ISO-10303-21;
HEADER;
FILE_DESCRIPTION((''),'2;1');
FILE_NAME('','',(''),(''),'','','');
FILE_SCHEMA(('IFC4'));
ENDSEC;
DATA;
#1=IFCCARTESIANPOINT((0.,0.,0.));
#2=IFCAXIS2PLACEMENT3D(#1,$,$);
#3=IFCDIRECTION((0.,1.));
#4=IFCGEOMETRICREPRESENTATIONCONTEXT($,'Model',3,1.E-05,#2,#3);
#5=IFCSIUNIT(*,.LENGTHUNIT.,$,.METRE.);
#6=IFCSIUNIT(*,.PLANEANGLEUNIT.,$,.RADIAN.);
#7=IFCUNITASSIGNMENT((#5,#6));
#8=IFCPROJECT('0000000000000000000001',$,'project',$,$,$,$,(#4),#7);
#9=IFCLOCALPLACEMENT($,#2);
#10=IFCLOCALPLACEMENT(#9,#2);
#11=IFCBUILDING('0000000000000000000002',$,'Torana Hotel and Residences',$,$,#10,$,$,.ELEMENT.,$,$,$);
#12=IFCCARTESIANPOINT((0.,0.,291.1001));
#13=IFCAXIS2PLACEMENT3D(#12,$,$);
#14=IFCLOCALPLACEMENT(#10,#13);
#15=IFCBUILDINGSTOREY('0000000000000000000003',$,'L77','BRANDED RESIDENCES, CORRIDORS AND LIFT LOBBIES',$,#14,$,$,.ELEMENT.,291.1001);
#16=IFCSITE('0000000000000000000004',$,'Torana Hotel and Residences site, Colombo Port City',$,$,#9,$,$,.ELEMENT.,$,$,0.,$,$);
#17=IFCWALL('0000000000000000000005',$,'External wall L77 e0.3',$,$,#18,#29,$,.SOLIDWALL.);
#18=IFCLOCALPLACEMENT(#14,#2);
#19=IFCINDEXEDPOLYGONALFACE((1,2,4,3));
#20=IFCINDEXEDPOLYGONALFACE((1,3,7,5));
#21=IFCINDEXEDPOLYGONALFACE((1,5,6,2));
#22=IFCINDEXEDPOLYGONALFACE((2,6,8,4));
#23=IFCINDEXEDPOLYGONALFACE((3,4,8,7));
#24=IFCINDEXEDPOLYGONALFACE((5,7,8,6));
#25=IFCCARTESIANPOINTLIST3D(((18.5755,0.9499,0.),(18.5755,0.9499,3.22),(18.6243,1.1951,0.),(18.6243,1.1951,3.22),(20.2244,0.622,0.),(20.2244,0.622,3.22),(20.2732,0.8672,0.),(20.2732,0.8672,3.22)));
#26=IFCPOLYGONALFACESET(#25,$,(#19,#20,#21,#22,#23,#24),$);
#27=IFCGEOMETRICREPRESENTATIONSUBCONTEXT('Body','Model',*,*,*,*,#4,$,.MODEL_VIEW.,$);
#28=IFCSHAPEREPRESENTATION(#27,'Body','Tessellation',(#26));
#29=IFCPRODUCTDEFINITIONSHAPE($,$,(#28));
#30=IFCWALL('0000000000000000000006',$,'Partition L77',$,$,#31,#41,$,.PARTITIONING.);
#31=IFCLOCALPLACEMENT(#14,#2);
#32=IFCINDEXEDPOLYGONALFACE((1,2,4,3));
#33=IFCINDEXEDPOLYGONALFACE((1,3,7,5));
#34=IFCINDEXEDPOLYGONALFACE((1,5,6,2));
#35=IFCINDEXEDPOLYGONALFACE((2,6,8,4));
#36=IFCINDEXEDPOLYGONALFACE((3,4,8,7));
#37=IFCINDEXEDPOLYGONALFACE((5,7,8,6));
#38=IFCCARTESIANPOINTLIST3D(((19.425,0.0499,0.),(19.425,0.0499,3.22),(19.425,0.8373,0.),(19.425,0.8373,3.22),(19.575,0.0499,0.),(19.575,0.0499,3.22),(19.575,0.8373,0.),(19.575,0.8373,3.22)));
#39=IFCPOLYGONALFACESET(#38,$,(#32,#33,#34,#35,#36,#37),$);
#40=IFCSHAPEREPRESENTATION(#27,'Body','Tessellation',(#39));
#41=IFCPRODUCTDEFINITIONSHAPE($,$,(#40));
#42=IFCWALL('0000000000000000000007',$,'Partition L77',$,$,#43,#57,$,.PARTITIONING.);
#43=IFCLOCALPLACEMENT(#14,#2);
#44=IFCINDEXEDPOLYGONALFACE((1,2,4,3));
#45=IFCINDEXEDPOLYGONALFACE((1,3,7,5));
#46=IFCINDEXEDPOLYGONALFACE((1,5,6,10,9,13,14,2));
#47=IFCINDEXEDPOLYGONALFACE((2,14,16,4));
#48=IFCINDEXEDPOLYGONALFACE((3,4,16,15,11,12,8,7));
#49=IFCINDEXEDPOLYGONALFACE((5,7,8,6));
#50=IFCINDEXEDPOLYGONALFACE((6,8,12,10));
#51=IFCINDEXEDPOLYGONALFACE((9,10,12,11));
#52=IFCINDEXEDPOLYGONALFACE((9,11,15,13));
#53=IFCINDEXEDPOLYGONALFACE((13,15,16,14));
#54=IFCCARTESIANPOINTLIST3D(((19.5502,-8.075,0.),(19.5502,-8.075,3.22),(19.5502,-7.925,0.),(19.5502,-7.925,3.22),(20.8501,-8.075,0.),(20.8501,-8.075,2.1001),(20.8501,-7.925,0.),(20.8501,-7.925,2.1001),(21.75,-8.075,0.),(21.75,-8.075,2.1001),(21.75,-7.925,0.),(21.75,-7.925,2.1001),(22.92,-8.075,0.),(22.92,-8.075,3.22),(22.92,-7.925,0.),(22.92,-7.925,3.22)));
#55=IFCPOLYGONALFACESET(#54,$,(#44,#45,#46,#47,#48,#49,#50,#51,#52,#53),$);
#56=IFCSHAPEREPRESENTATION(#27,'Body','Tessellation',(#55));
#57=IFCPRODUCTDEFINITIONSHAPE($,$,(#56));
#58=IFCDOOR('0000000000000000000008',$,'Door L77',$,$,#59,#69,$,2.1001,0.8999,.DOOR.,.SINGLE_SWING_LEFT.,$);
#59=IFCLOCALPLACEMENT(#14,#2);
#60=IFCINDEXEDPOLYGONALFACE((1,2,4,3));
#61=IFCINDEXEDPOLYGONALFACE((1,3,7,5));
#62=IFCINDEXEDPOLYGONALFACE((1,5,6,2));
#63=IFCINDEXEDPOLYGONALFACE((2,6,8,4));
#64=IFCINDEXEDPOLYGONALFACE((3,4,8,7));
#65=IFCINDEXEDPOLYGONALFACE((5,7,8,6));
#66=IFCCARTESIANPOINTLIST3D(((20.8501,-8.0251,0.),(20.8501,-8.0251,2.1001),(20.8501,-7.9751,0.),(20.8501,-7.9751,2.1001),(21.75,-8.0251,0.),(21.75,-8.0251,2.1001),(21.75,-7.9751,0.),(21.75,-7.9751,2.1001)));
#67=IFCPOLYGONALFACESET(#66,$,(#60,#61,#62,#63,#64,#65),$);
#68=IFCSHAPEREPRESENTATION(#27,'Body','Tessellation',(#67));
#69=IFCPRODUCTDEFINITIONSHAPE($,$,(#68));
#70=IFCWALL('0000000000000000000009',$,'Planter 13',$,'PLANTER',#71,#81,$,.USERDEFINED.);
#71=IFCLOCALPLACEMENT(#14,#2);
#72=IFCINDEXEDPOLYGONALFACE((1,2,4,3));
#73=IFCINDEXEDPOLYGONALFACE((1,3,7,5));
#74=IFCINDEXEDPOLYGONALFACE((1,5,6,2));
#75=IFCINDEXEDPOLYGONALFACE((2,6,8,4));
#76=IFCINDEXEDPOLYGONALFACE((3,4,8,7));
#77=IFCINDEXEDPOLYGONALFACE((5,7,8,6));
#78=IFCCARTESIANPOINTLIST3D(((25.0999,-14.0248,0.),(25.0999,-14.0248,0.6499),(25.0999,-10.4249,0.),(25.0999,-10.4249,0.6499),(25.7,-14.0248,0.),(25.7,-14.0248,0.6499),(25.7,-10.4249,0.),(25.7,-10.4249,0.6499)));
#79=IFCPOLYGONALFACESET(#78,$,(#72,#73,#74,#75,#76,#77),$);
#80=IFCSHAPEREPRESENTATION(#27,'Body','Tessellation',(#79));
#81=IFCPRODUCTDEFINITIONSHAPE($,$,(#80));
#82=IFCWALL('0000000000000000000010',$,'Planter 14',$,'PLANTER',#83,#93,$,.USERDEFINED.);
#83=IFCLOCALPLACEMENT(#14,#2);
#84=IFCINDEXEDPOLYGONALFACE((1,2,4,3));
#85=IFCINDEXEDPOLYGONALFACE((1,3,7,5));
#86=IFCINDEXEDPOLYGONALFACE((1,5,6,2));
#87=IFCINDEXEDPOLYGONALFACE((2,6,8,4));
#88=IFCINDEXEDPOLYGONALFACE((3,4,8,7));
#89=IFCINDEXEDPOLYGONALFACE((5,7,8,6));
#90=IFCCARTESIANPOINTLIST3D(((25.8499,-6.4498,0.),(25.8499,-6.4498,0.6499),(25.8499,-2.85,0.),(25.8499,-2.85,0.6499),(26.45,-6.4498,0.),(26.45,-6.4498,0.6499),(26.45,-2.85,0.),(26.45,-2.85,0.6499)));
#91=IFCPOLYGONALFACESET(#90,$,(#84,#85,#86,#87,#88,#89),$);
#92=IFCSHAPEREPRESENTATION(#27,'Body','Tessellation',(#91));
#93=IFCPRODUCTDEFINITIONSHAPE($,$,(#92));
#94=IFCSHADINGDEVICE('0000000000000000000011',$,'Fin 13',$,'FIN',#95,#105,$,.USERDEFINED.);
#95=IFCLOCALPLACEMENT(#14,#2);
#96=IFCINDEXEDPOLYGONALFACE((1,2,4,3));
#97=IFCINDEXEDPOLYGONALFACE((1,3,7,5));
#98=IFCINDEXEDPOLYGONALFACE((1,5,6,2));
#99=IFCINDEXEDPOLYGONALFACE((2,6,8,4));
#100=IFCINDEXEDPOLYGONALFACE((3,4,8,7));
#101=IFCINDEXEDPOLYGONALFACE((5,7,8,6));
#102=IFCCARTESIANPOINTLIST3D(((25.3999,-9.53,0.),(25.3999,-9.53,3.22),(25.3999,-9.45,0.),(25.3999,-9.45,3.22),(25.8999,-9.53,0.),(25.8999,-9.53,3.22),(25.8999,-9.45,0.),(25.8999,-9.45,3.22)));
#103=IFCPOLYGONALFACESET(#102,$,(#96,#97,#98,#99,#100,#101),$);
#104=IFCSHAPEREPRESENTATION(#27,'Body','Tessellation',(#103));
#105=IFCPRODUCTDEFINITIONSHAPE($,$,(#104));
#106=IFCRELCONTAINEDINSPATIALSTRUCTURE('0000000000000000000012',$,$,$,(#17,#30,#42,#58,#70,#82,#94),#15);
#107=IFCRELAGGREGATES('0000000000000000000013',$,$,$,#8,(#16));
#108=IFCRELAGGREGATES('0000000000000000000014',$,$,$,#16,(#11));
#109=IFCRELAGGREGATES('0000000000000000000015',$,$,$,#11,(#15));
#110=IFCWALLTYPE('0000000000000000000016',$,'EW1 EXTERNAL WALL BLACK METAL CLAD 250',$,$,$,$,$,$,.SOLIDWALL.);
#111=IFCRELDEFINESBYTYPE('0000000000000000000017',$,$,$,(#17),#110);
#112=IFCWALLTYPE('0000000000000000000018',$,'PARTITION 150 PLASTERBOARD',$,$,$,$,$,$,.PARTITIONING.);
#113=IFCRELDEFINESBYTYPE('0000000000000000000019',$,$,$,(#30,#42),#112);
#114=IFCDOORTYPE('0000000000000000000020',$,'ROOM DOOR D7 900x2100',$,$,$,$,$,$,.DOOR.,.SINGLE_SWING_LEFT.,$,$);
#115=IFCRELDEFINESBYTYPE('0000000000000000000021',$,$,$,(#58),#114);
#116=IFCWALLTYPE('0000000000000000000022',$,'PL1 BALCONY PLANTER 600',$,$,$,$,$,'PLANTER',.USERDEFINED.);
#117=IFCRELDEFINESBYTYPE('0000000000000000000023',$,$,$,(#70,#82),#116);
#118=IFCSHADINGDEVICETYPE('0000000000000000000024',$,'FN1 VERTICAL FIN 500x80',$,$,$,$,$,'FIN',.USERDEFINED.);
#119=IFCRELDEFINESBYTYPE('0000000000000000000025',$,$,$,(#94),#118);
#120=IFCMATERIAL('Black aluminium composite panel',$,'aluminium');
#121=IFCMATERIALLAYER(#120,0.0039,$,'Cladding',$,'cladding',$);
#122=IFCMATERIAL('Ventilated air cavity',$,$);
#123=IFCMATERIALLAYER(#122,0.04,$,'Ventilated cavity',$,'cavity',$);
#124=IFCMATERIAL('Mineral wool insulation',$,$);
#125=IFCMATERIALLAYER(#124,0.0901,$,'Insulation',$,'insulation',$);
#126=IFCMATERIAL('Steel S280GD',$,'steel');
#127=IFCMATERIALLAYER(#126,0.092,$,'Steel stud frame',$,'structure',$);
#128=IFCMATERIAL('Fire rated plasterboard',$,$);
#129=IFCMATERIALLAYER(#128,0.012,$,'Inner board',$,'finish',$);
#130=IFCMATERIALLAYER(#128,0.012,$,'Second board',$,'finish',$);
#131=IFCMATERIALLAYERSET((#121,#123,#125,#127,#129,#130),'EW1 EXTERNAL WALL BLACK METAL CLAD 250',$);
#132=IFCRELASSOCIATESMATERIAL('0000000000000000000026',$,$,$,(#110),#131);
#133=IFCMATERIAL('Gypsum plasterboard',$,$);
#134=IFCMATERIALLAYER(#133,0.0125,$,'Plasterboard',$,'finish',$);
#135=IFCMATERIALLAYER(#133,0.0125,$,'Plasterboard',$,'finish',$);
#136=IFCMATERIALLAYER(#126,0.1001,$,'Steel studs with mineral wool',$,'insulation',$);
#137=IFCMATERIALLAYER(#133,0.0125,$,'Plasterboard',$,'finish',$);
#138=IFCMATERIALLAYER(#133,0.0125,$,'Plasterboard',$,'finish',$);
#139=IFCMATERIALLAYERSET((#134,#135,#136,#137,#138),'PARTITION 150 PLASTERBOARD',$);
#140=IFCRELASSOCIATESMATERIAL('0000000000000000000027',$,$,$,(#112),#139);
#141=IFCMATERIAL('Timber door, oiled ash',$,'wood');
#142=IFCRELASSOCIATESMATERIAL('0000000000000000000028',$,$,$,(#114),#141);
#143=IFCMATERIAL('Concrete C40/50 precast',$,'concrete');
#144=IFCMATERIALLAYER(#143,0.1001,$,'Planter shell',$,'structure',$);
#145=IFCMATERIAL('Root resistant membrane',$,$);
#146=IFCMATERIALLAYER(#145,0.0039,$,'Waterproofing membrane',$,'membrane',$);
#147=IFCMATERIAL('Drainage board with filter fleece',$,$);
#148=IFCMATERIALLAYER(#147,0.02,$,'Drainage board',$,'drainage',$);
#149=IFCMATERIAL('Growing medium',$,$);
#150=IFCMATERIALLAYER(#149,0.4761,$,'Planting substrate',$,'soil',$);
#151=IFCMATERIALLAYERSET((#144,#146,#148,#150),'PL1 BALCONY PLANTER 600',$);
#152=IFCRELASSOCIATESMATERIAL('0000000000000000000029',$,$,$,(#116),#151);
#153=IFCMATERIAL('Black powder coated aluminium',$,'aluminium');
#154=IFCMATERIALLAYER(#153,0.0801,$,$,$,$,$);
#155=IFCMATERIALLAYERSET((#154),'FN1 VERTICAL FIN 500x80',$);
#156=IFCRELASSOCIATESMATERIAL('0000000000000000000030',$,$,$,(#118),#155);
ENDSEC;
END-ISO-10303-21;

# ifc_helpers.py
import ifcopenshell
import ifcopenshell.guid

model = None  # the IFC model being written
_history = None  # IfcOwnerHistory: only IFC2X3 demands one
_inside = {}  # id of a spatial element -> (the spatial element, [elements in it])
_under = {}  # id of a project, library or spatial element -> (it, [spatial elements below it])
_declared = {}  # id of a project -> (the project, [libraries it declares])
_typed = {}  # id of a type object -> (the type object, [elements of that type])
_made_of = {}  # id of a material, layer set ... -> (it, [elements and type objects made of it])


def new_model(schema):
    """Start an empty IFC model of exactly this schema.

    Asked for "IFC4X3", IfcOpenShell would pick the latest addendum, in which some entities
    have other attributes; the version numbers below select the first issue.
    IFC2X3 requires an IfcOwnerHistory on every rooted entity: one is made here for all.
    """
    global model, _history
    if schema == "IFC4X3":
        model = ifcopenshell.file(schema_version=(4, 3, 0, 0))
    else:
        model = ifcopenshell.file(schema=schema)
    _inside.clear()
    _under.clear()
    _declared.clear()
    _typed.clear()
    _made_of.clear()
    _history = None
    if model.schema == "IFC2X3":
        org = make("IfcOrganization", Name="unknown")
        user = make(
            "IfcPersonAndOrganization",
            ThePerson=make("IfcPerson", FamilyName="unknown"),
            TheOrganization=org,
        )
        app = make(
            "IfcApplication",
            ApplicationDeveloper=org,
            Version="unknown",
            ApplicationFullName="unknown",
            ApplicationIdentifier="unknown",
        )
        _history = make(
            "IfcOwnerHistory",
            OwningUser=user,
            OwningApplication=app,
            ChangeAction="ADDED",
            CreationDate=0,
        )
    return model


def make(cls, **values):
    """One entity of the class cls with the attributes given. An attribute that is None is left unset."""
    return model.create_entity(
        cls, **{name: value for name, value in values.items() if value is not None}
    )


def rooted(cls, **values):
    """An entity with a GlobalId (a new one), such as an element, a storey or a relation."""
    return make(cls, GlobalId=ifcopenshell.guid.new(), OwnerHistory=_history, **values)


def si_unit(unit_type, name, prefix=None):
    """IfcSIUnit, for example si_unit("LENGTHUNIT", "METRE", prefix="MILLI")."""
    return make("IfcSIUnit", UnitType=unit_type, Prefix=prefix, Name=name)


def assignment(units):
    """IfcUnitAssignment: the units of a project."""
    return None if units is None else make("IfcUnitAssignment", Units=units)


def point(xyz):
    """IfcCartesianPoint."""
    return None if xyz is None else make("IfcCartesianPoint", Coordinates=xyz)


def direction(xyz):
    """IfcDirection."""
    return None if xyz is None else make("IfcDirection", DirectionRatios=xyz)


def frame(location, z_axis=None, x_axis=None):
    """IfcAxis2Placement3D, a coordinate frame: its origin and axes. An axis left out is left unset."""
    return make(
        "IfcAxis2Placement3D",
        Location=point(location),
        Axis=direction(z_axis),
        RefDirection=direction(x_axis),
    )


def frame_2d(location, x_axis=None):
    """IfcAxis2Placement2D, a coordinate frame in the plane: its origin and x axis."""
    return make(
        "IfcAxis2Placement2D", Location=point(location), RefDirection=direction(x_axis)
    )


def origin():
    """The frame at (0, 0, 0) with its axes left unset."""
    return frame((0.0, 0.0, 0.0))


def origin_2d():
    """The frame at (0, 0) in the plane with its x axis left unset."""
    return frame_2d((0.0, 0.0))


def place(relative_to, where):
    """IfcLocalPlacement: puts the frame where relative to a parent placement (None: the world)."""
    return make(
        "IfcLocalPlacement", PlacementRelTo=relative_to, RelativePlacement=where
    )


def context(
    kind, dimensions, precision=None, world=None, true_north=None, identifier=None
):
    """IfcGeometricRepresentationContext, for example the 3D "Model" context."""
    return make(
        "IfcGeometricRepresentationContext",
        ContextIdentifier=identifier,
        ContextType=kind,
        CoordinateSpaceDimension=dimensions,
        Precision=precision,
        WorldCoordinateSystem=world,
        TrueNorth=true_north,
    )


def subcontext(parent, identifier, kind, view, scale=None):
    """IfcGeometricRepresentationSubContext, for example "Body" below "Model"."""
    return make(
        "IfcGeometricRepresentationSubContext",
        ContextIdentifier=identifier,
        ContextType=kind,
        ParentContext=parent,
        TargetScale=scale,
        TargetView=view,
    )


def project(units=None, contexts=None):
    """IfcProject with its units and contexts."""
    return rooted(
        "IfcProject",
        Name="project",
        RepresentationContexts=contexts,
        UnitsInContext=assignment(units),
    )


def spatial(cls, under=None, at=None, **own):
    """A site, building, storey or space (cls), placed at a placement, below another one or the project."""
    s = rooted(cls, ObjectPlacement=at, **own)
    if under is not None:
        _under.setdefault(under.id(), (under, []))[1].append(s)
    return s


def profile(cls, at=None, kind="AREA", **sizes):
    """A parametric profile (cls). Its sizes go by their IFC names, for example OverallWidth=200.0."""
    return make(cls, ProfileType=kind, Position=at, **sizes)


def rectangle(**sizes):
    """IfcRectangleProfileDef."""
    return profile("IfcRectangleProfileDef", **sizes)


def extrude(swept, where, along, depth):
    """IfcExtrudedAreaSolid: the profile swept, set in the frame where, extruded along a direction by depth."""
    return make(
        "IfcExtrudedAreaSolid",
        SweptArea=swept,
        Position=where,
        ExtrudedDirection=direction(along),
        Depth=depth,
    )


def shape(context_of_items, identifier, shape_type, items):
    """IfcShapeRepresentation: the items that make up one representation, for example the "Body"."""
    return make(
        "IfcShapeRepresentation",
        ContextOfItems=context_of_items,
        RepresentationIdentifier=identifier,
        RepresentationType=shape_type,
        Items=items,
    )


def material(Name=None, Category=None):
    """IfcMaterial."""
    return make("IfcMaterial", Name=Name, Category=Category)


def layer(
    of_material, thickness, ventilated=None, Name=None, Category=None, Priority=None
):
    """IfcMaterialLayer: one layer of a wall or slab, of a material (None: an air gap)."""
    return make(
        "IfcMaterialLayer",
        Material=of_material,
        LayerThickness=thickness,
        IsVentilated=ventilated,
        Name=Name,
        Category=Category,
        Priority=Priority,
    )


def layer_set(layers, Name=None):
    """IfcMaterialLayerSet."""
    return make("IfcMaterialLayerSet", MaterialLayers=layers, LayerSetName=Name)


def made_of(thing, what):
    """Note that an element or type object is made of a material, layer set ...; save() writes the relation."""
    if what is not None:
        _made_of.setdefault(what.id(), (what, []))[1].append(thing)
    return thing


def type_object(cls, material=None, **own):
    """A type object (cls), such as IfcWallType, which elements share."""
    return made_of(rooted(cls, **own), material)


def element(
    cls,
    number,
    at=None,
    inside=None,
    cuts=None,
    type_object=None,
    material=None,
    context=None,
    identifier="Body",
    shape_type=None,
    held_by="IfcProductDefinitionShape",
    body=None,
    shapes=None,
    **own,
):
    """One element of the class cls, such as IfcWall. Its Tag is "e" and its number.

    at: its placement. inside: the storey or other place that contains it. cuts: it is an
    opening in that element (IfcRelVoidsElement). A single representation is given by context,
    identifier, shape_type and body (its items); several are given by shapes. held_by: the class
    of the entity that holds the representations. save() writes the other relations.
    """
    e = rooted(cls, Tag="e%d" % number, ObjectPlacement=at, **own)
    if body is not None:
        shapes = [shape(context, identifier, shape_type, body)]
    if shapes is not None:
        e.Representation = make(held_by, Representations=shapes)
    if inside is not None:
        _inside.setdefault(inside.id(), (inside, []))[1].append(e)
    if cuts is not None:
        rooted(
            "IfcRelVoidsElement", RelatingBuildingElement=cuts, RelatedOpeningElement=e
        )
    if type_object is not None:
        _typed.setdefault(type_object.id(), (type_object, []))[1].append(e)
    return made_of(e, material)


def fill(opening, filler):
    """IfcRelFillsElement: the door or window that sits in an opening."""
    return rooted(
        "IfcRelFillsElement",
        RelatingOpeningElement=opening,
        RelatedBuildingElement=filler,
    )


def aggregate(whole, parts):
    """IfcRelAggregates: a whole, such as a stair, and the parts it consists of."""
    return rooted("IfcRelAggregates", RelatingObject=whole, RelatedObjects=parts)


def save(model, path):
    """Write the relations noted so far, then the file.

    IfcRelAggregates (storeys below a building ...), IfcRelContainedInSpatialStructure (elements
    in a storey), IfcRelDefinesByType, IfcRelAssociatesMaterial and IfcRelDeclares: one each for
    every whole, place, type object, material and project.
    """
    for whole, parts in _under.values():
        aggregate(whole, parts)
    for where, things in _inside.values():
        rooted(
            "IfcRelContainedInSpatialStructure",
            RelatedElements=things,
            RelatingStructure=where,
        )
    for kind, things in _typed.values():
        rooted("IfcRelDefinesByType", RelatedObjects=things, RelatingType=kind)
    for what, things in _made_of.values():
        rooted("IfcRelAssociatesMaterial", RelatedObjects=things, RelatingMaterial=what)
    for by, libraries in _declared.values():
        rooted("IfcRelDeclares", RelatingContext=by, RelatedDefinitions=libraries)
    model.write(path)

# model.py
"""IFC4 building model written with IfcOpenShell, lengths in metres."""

from ifc_helpers import new_model, si_unit, direction, frame, frame_2d, origin, origin_2d, place, context, subcontext, project, spatial, rectangle, extrude, material, layer, layer_set, type_object, element, fill, save


model = new_model("IFC4")

# Units and contexts
model_context = context("Model", 3, precision=1e-05, world=origin(), true_north=direction((0.0, 1.0)))
body_context = subcontext(model_context, "Body", "Model", "MODEL_VIEW")
ifc_project = project(units=[si_unit("LENGTHUNIT", "METRE"), si_unit("PLANEANGLEUNIT", "RADIAN")], contexts=[model_context])

# Site, building, storey
site_placement = place(None, origin())
site = spatial("IfcSite", under=ifc_project, at=site_placement, Name="Torana Hotel and Residences site, Colombo Port City", CompositionType="ELEMENT", RefElevation=0.0)
building_placement = place(site_placement, origin())
building = spatial("IfcBuilding", under=site, at=building_placement, Name="Torana Hotel and Residences", CompositionType="ELEMENT")
storey_placement = place(building_placement, frame((0.0, 0.0, 291.1001)))
storey = spatial("IfcBuildingStorey", under=building, at=storey_placement, Name="L77", Description="BRANDED RESIDENCES, CORRIDORS AND LIFT LOBBIES", CompositionType="ELEMENT", Elevation=291.1001)

# Walls
ifc_material_1 = material(Name="Black aluminium composite panel", Category="aluminium")
ifc_layer_1 = layer(ifc_material_1, 0.0039, Name="Cladding", Category="cladding")
ifc_material_2 = material(Name="Ventilated air cavity")
ifc_layer_2 = layer(ifc_material_2, 0.04, Name="Ventilated cavity", Category="cavity")
ifc_material_3 = material(Name="Mineral wool insulation")
ifc_layer_3 = layer(ifc_material_3, 0.0901, Name="Insulation", Category="insulation")
ifc_material_4 = material(Name="Steel S280GD", Category="steel")
ifc_layer_4 = layer(ifc_material_4, 0.092, Name="Steel stud frame", Category="structure")
ifc_material_5 = material(Name="Fire rated plasterboard")
ifc_layer_5 = layer(ifc_material_5, 0.012, Name="Inner board", Category="finish")
ifc_layer_6 = layer(ifc_material_5, 0.012, Name="Second board", Category="finish")
ifc_layer_set_1 = layer_set([ifc_layer_1, ifc_layer_2, ifc_layer_3, ifc_layer_4, ifc_layer_5, ifc_layer_6], Name="EW1 EXTERNAL WALL BLACK METAL CLAD 250")
wall_type_1 = type_object("IfcWallType", Name="EW1 EXTERNAL WALL BLACK METAL CLAD 250", PredefinedType="SOLIDWALL", material=ifc_layer_set_1)
wall_1_placement = place(storey_placement, frame((20.2488, 0.7446, 0.0), z_axis=(0.0, 0.0, 1.0), x_axis=(-0.980798, 0.195027, 0.0)))
element("IfcWall", 1, at=wall_1_placement, inside=storey, type_object=wall_type_1, Name="External wall L77 e0.3", PredefinedType="SOLIDWALL", context=body_context, shape_type="SweptSolid", body=[
    extrude(rectangle(XDim=1.6812, YDim=0.25, at=frame_2d((0.8406, 0.0))), origin(), (0.0, 0.0, 1.0), 3.22),
])
ifc_material_6 = material(Name="Gypsum plasterboard")
ifc_layer_7 = layer(ifc_material_6, 0.0125, Name="Plasterboard", Category="finish")
ifc_layer_8 = layer(ifc_material_6, 0.0125, Name="Plasterboard", Category="finish")
ifc_layer_9 = layer(ifc_material_4, 0.1001, Name="Steel studs with mineral wool", Category="insulation")
ifc_layer_10 = layer(ifc_material_6, 0.0125, Name="Plasterboard", Category="finish")
ifc_layer_11 = layer(ifc_material_6, 0.0125, Name="Plasterboard", Category="finish")
ifc_layer_set_2 = layer_set([ifc_layer_7, ifc_layer_8, ifc_layer_9, ifc_layer_10, ifc_layer_11], Name="PARTITION 150 PLASTERBOARD")
wall_type_2 = type_object("IfcWallType", Name="PARTITION 150 PLASTERBOARD", PredefinedType="PARTITIONING", material=ifc_layer_set_2)
wall_2_placement = place(storey_placement, frame((19.5, 0.05, 0.0), z_axis=(0.0, 0.0, 1.0), x_axis=(0.0, 1.0, 0.0)))
element("IfcWall", 2, at=wall_2_placement, inside=storey, type_object=wall_type_2, Name="Partition L77", PredefinedType="PARTITIONING", context=body_context, shape_type="SweptSolid", body=[
    extrude(rectangle(XDim=0.7874, YDim=0.1499, at=frame_2d((0.3936, 0.0))), origin(), (0.0, 0.0, 1.0), 3.22),
])

# Wall, opening, door
wall_3_placement = place(storey_placement, frame((19.55, -8.0, 0.0), z_axis=(0.0, 0.0, 1.0), x_axis=(1.0, 0.0, 0.0)))
wall_3 = element("IfcWall", 3, at=wall_3_placement, inside=storey, type_object=wall_type_2, Name="Partition L77", PredefinedType="PARTITIONING", context=body_context, shape_type="SweptSolid", body=[
    extrude(rectangle(XDim=3.3699, YDim=0.1499, at=frame_2d((1.6851, 0.0))), origin(), (0.0, 0.0, 1.0), 3.22),
])
opening_placement = place(wall_3_placement, frame((1.3, 0.0, 0.0)))
opening = element("IfcOpeningElement", 4, at=opening_placement, cuts=wall_3, PredefinedType="OPENING", context=body_context, shape_type="SweptSolid", body=[
    extrude(rectangle(XDim=0.8999, YDim=2.1001, at=frame_2d((0.45, 1.05))), frame((0.0, 0.085, 0.0), z_axis=(0.0, -1.0, 0.0), x_axis=(1.0, 0.0, 0.0)), (0.0, 0.0, 1.0), 0.1699),
])
ifc_material_7 = material(Name="Timber door, oiled ash", Category="wood")
door_type = type_object("IfcDoorType", Name="ROOM DOOR D7 900x2100", OperationType="SINGLE_SWING_LEFT", PredefinedType="DOOR", material=ifc_material_7)
door_placement = place(opening_placement, origin())
door = element("IfcDoor", 5, at=door_placement, inside=storey, type_object=door_type, Name="Door L77", OperationType="SINGLE_SWING_LEFT", OverallHeight=2.1001, OverallWidth=0.8999, PredefinedType="DOOR", context=body_context, shape_type="SweptSolid", body=[
    extrude(rectangle(XDim=0.8999, YDim=2.1001, at=frame_2d((0.45, 1.05))), frame((0.0, 0.0249, 0.0), z_axis=(0.0, -1.0, 0.0), x_axis=(1.0, 0.0, 0.0)), (0.0, 0.0, 1.0), 0.05),
])
fill(opening, door)

# Walls
ifc_material_8 = material(Name="Concrete C40/50 precast", Category="concrete")
ifc_layer_12 = layer(ifc_material_8, 0.1001, Name="Planter shell", Category="structure")
ifc_material_9 = material(Name="Root resistant membrane")
ifc_layer_13 = layer(ifc_material_9, 0.0039, Name="Waterproofing membrane", Category="membrane")
ifc_material_10 = material(Name="Drainage board with filter fleece")
ifc_layer_14 = layer(ifc_material_10, 0.02, Name="Drainage board", Category="drainage")
ifc_material_11 = material(Name="Growing medium")
ifc_layer_15 = layer(ifc_material_11, 0.4761, Name="Planting substrate", Category="soil")
ifc_layer_set_3 = layer_set([ifc_layer_12, ifc_layer_13, ifc_layer_14, ifc_layer_15], Name="PL1 BALCONY PLANTER 600")
wall_type_3 = type_object("IfcWallType", Name="PL1 BALCONY PLANTER 600", ElementType="PLANTER", PredefinedType="USERDEFINED", material=ifc_layer_set_3)
for number, where, z_axis, x_axis, name in (
    (6, (25.3999, -10.425, 0.0), (0.0, 0.0, 1.0), (0.0, -1.0, 0.0), "Planter 13"),
    (7, (26.1499, -2.8501, 0.0), (0.0, 0.0, 1.0), (0.0, -1.0, 0.0), "Planter 14"),
):
    element("IfcWall", number, at=place(storey_placement, frame(where, z_axis=z_axis, x_axis=x_axis)), inside=storey, type_object=wall_type_3, Name=name, ObjectType="PLANTER", PredefinedType="USERDEFINED", context=body_context, shape_type="SweptSolid", body=[
        extrude(rectangle(XDim=3.5999, YDim=0.6001, at=frame_2d((1.7998, 0.0))), origin(), (0.0, 0.0, 1.0), 0.6499),
    ])

# Shading device
ifc_material_12 = material(Name="Black powder coated aluminium", Category="aluminium")
ifc_layer_16 = layer(ifc_material_12, 0.0801)
ifc_layer_set_4 = layer_set([ifc_layer_16], Name="FN1 VERTICAL FIN 500x80")
shading_device_type = type_object("IfcShadingDeviceType", Name="FN1 VERTICAL FIN 500x80", ElementType="FIN", PredefinedType="USERDEFINED", material=ifc_layer_set_4)
shading_device_placement = place(storey_placement, frame((25.6499, -9.49, 0.0), z_axis=(0.0, 0.0, 1.0), x_axis=(0.0, -1.0, 0.0)))
element("IfcShadingDevice", 8, at=shading_device_placement, inside=storey, type_object=shading_device_type, Name="Fin 13", ObjectType="FIN", PredefinedType="USERDEFINED", context=body_context, shape_type="SweptSolid", body=[
    extrude(rectangle(XDim=0.0801, YDim=0.5, at=origin_2d()), origin(), (0.0, 0.0, 1.0), 3.22),
])

save(model, "model.ifc")
